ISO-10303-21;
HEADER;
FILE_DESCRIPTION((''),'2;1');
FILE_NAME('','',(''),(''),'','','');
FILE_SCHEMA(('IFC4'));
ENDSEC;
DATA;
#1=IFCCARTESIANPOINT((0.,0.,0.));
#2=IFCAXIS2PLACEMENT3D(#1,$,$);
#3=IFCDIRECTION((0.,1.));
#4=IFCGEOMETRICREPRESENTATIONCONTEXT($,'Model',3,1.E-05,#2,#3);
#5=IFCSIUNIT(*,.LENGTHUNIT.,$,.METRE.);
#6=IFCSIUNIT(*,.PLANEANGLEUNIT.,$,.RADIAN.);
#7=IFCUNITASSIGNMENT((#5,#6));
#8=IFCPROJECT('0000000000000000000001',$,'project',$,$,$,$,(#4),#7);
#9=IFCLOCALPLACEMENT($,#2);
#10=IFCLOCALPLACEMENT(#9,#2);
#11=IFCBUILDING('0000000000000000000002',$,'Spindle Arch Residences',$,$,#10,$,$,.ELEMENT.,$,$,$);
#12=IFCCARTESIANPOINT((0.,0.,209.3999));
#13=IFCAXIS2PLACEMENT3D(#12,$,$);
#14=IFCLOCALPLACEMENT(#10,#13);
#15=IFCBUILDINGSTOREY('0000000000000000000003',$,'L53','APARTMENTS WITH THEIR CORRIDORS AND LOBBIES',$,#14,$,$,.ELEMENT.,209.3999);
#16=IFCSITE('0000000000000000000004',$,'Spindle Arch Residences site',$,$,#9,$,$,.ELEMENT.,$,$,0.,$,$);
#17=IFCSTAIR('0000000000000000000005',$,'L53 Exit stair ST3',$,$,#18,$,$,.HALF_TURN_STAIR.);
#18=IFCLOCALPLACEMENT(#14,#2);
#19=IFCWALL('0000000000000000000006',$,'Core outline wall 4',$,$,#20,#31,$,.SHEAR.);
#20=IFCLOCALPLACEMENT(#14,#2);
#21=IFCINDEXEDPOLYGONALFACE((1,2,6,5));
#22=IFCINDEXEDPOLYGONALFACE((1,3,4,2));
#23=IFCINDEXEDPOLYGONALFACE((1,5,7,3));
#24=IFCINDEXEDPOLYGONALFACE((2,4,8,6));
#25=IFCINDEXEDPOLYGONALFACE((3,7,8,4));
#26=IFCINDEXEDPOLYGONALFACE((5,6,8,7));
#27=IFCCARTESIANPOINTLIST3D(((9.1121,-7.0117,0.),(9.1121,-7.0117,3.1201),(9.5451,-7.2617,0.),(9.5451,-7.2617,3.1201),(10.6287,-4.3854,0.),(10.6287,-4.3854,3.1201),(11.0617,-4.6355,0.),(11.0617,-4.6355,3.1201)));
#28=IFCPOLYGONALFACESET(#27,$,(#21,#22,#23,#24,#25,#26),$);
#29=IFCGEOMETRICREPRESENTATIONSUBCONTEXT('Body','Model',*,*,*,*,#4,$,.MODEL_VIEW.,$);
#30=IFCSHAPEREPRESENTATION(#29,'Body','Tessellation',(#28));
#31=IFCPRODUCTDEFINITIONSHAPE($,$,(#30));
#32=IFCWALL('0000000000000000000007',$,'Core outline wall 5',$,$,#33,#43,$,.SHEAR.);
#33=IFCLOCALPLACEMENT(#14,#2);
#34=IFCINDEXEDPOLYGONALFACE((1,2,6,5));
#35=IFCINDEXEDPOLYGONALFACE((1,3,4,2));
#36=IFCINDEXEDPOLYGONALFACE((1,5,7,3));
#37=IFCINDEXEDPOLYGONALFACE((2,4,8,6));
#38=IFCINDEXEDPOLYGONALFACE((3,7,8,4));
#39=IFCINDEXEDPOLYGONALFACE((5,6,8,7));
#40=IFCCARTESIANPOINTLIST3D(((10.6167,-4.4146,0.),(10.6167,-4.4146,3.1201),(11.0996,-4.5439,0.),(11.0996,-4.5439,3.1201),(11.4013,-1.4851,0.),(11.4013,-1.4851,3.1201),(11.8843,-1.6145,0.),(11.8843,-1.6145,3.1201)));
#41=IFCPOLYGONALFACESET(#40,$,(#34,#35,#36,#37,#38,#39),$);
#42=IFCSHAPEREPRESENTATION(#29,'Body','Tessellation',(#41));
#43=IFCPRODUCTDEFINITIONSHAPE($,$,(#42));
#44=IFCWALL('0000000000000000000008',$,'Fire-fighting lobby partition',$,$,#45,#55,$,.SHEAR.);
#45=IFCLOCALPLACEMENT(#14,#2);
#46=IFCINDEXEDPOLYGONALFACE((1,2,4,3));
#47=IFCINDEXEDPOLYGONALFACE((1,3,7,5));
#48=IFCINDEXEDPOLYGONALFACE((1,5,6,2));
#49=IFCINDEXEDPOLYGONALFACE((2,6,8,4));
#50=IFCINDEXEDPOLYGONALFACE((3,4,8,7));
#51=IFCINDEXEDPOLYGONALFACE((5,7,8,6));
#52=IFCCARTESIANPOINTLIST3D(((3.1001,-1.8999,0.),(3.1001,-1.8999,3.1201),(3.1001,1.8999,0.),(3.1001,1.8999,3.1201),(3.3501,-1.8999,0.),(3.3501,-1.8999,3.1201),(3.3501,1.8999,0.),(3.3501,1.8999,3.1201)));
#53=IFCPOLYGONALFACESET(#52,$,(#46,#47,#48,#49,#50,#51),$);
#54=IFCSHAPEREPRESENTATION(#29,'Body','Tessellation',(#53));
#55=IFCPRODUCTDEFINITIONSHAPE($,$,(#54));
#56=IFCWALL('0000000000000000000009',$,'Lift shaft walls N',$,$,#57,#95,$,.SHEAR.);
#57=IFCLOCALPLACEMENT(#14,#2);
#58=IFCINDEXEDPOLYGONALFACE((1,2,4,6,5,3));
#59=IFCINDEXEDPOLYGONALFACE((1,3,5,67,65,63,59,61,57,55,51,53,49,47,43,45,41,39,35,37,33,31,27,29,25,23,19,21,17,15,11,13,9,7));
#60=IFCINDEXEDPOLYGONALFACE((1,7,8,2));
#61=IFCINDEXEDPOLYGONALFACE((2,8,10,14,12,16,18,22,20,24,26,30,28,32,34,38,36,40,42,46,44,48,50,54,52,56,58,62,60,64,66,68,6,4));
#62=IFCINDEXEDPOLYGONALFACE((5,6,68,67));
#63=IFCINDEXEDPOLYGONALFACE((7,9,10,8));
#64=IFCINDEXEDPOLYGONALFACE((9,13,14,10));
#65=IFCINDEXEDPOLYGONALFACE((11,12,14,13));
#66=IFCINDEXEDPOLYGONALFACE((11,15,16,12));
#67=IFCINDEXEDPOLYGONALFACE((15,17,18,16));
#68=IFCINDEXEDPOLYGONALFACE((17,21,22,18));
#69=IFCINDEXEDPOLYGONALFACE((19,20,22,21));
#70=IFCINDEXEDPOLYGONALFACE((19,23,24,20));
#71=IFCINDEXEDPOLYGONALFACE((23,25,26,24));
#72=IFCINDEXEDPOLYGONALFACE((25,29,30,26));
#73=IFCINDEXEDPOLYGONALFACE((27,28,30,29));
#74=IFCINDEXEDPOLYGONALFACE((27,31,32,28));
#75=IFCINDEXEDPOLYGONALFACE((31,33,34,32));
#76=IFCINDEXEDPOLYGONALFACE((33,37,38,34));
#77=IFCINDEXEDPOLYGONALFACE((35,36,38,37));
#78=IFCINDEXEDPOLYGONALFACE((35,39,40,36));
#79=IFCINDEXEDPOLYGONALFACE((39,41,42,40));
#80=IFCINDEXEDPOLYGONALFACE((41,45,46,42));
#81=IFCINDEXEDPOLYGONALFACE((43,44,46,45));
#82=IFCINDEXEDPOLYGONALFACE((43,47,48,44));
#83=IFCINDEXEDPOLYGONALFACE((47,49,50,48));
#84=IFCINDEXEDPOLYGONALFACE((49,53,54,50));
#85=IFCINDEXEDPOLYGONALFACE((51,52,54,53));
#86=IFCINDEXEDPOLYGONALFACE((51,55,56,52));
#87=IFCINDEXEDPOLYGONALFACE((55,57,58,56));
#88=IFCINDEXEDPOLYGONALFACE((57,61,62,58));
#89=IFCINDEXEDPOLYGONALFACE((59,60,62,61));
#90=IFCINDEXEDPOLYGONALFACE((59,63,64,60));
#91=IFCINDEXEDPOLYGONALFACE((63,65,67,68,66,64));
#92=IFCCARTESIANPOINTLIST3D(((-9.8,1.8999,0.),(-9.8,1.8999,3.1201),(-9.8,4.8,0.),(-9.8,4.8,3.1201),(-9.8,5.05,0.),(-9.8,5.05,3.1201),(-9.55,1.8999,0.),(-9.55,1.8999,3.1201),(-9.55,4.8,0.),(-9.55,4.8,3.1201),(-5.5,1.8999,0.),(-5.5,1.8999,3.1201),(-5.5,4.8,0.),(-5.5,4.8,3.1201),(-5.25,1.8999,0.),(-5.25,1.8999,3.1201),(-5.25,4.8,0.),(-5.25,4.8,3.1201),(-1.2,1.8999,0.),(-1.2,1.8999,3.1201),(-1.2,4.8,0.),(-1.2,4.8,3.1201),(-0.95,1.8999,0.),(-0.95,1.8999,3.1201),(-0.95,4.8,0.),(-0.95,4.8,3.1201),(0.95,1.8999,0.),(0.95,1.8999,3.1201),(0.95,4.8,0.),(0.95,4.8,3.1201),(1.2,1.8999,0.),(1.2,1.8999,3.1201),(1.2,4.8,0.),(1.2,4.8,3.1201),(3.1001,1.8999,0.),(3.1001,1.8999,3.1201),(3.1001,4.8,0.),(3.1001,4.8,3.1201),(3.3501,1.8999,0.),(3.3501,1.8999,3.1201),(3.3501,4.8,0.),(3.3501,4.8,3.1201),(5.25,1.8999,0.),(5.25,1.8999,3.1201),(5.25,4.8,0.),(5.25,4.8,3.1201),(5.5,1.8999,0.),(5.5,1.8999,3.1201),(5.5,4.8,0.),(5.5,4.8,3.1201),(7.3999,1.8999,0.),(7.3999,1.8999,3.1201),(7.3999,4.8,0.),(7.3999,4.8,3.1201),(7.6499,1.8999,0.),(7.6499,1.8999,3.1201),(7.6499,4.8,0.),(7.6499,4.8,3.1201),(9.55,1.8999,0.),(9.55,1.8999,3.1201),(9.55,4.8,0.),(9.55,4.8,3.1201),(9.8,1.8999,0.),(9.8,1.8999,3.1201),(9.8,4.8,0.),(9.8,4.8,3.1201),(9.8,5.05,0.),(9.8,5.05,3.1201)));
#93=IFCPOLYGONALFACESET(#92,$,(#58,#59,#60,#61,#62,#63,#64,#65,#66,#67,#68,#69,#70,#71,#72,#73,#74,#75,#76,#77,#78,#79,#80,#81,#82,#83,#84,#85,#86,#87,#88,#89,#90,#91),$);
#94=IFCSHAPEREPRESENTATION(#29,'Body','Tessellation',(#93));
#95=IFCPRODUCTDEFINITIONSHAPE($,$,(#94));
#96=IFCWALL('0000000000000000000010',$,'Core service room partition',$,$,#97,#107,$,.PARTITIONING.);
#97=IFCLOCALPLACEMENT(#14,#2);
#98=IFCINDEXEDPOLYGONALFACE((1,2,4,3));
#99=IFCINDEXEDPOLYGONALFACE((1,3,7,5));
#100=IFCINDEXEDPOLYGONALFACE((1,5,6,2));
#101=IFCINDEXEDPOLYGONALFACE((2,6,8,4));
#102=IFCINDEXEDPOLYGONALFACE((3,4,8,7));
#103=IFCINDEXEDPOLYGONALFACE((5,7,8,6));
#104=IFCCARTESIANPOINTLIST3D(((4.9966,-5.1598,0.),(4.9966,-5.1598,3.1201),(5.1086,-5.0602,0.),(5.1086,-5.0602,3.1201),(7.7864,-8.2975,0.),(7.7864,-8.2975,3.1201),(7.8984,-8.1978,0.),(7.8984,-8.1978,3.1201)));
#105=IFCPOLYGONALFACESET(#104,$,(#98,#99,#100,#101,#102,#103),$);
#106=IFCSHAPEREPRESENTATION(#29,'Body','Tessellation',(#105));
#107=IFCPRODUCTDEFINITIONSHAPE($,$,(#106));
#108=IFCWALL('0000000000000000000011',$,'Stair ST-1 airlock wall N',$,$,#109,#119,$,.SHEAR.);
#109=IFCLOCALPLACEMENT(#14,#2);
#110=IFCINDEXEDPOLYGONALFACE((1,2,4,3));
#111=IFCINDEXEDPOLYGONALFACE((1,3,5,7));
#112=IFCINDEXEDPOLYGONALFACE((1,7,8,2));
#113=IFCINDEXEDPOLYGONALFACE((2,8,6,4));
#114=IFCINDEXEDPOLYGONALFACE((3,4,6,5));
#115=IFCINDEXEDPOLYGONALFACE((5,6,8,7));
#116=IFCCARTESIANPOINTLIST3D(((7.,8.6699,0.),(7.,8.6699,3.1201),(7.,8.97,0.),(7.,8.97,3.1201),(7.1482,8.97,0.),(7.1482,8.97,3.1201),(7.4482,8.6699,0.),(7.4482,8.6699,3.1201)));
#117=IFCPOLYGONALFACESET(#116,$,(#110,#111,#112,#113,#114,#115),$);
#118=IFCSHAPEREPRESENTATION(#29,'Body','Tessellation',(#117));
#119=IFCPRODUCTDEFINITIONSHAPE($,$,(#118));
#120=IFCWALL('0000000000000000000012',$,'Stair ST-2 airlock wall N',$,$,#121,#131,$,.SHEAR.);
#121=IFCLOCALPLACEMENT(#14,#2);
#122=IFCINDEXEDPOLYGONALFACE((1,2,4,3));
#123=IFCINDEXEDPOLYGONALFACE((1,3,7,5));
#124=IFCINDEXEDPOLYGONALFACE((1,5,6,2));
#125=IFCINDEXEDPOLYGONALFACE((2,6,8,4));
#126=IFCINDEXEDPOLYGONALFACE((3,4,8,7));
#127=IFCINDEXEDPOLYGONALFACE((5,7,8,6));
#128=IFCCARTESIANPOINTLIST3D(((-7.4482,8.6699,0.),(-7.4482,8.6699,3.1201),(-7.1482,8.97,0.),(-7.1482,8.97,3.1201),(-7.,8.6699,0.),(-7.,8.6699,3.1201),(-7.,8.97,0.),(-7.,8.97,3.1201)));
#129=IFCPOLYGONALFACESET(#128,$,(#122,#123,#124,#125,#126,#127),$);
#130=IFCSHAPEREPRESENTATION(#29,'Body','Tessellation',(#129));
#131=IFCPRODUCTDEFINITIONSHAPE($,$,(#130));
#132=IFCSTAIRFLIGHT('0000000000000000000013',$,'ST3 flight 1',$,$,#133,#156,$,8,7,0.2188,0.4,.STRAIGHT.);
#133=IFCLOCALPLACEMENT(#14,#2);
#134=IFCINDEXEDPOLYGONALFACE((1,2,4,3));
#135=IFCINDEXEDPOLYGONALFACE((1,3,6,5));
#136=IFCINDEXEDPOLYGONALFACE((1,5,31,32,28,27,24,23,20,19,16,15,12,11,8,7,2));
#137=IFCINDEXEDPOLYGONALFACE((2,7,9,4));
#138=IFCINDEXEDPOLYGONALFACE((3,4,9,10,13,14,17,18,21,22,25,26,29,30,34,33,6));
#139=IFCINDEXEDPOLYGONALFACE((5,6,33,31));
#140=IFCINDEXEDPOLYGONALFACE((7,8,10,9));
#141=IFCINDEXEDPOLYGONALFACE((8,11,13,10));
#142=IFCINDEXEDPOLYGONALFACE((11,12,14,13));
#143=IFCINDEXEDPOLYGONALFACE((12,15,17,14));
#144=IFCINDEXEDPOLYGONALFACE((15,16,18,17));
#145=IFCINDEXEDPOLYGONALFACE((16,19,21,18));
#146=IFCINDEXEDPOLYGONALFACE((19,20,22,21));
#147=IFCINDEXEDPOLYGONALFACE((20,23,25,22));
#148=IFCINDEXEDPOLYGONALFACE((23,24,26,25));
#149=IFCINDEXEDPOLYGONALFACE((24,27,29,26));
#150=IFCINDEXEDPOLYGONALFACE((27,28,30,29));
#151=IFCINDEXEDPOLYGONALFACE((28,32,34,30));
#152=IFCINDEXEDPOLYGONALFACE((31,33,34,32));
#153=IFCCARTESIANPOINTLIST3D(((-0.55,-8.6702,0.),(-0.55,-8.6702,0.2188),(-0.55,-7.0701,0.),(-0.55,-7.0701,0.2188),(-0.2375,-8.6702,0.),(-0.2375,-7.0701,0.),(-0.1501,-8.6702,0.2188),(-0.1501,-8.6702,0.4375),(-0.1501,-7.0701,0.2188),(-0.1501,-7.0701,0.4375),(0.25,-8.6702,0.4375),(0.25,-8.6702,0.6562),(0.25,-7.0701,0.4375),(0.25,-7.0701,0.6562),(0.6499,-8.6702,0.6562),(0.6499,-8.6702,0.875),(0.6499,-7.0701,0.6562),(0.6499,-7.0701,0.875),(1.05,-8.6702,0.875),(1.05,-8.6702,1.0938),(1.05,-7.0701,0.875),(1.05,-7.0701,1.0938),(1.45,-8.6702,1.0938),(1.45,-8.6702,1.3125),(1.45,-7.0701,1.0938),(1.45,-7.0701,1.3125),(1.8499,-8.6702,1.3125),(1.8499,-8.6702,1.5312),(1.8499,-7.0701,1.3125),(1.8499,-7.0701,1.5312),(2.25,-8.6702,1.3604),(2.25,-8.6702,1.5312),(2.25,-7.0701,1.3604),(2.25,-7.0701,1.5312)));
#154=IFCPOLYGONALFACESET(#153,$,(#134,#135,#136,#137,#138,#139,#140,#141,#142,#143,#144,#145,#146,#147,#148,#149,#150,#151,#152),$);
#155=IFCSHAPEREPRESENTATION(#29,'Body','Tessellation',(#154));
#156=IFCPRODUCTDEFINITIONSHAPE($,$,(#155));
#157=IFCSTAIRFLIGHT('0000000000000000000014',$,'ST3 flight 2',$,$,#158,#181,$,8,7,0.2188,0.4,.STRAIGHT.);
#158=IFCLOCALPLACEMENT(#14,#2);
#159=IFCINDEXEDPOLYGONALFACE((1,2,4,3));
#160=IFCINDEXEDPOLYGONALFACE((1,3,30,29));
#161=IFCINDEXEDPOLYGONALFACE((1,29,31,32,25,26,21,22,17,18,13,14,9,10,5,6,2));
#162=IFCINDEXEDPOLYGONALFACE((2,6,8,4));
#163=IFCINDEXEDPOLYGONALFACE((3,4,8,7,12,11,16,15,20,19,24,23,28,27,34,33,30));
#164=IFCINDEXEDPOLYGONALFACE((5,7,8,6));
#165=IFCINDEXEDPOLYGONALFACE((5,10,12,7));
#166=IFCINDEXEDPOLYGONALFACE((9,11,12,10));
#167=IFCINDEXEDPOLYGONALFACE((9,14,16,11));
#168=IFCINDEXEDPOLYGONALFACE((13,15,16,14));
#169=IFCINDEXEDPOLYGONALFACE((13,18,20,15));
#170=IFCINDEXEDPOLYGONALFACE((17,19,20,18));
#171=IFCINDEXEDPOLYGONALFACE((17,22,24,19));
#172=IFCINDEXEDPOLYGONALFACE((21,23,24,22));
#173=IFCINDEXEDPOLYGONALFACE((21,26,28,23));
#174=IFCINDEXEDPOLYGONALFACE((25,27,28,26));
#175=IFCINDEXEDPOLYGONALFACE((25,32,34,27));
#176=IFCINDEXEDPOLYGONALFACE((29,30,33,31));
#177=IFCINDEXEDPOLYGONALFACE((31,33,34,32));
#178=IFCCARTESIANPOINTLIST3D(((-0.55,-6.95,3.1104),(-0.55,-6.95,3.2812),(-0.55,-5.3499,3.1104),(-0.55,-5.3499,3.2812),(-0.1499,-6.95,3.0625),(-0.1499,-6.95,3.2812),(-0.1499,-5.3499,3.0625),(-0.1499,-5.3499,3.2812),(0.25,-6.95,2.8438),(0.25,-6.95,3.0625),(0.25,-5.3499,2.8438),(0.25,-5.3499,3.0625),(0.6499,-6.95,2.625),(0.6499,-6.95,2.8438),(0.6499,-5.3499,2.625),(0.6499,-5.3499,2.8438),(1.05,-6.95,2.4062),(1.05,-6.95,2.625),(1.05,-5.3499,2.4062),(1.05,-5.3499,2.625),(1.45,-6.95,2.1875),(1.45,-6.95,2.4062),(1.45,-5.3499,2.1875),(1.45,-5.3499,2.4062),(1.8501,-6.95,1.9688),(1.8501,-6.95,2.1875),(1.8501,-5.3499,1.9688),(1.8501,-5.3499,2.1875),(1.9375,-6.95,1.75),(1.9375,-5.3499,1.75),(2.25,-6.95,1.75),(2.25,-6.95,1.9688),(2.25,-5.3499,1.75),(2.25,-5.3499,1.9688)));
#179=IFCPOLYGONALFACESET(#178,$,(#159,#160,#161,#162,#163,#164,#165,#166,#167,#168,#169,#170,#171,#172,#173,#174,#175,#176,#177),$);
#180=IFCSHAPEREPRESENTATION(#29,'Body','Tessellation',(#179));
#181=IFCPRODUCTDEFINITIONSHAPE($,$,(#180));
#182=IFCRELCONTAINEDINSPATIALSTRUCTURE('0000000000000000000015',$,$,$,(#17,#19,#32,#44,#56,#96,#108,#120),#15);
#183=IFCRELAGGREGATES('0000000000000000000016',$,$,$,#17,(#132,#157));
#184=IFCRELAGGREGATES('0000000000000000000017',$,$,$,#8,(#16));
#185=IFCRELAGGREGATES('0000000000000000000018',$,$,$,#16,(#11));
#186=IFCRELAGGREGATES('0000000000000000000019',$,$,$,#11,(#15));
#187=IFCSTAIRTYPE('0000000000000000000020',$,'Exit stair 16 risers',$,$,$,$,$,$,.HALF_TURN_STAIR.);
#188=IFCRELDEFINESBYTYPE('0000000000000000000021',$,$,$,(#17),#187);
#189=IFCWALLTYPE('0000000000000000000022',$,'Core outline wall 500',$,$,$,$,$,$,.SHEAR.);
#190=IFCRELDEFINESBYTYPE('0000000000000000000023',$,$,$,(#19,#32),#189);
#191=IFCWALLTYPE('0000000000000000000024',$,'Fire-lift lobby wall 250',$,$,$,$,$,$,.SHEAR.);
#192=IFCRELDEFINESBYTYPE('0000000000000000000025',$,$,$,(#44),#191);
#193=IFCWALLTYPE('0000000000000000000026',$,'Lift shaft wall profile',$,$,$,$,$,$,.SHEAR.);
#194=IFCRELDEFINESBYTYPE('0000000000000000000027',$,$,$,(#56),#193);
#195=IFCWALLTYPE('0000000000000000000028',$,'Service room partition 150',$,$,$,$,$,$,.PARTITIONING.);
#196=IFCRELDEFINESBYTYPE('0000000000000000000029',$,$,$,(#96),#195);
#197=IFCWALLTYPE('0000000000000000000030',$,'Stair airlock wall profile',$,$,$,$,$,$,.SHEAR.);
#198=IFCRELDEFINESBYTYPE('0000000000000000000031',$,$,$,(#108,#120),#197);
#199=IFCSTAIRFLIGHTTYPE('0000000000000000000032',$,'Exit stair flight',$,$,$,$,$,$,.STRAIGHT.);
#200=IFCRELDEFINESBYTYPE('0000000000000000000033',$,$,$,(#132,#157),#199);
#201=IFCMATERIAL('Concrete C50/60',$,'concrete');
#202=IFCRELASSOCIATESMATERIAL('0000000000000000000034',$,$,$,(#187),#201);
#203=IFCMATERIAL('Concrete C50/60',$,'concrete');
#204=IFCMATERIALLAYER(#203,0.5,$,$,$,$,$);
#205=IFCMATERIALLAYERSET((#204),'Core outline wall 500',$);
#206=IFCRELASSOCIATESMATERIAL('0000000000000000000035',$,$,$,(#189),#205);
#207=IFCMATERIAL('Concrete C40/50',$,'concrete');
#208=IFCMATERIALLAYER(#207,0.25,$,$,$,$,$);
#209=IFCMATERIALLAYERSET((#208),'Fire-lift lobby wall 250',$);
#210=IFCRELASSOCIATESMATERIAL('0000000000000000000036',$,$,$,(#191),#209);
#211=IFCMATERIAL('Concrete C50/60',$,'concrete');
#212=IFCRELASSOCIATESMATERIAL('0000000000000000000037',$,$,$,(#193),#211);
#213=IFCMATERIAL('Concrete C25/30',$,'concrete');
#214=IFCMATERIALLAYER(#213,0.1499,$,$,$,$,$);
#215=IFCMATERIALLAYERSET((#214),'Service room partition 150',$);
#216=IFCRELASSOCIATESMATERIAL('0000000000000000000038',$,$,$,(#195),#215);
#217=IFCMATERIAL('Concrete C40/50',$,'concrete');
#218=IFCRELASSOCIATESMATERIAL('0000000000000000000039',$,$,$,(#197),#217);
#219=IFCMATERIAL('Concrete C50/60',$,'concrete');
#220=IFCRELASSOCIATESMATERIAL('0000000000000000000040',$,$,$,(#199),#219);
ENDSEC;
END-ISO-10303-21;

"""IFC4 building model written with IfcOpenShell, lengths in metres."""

from ifc_helpers import new_model, si_unit, direction, frame, frame_2d, origin, place, context, subcontext, project, spatial, polyline, rectangle, outline, extrude, material, layer, layer_set, type_object, element, aggregate, save


model = new_model("IFC4")

# Units and contexts
model_context = context("Model", 3, precision=1e-05, world=origin(), true_north=direction((0.0, 1.0)))
body_context = subcontext(model_context, "Body", "Model", "MODEL_VIEW")
ifc_project = project(units=[si_unit("LENGTHUNIT", "METRE"), si_unit("PLANEANGLEUNIT", "RADIAN")], contexts=[model_context])

# Site, building, storey
site_placement = place(None, origin())
site = spatial("IfcSite", under=ifc_project, at=site_placement, Name="Spindle Arch Residences site", CompositionType="ELEMENT", RefElevation=0.0)
building_placement = place(site_placement, origin())
building = spatial("IfcBuilding", under=site, at=building_placement, Name="Spindle Arch Residences", CompositionType="ELEMENT")
storey_placement = place(building_placement, frame((0.0, 0.0, 209.3999)))
storey = spatial("IfcBuildingStorey", under=building, at=storey_placement, Name="L53", Description="APARTMENTS WITH THEIR CORRIDORS AND LOBBIES", CompositionType="ELEMENT", Elevation=209.3999)

# Stair
ifc_material_1 = material(Name="Concrete C50/60", Category="concrete")
stair_type = type_object("IfcStairType", Name="Exit stair 16 risers", PredefinedType="HALF_TURN_STAIR", material=ifc_material_1)
stair_1_placement = place(storey_placement, origin())
stair_1 = element("IfcStair", 1, at=stair_1_placement, inside=storey, type_object=stair_type, Name="L53 Exit stair ST3", PredefinedType="HALF_TURN_STAIR")

# Walls
ifc_material_2 = material(Name="Concrete C50/60", Category="concrete")
ifc_layer_1 = layer(ifc_material_2, 0.5)
ifc_layer_set_1 = layer_set([ifc_layer_1], Name="Core outline wall 500")
wall_type_1 = type_object("IfcWallType", Name="Core outline wall 500", PredefinedType="SHEAR", material=ifc_layer_set_1)
for number, where, z_axis, x_axis, name in (
    (2, (9.3286, -7.1367, 0.0), (0.0, 0.0, 1.0), (0.500087, 0.865975, 0.0), "Core outline wall 4"),
    (3, (10.8582, -4.4792, 0.0), (0.0, 0.0, 1.0), (0.258735, 0.965948, 0.0), "Core outline wall 5"),
):
    element("IfcWall", number, at=place(storey_placement, frame(where, z_axis=z_axis, x_axis=x_axis)), inside=storey, type_object=wall_type_1, Name=name, PredefinedType="SHEAR", context=body_context, shape_type="SweptSolid", body=[
        extrude(rectangle(XDim=3.0327, YDim=0.5, at=frame_2d((1.5164, 0.0))), origin(), (0.0, 0.0, 1.0), 3.1201),
    ])
ifc_material_3 = material(Name="Concrete C40/50", Category="concrete")
ifc_layer_2 = layer(ifc_material_3, 0.25)
ifc_layer_set_2 = layer_set([ifc_layer_2], Name="Fire-lift lobby wall 250")
wall_type_2 = type_object("IfcWallType", Name="Fire-lift lobby wall 250", PredefinedType="SHEAR", material=ifc_layer_set_2)
wall_1_placement = place(storey_placement, frame((3.2251, -1.8999, 0.0), z_axis=(0.0, 0.0, 1.0), x_axis=(0.0, 1.0, 0.0)))
element("IfcWall", 4, at=wall_1_placement, inside=storey, type_object=wall_type_2, Name="Fire-fighting lobby partition", PredefinedType="SHEAR", context=body_context, shape_type="SweptSolid", body=[
    extrude(rectangle(XDim=3.7998, YDim=0.25, at=frame_2d((1.8999, 0.0))), origin(), (0.0, 0.0, 1.0), 3.1201),
])

# Walls
ifc_material_4 = material(Name="Concrete C50/60", Category="concrete")
wall_type_3 = type_object("IfcWallType", Name="Lift shaft wall profile", PredefinedType="SHEAR", material=ifc_material_4)
wall_2_placement = place(storey_placement, origin())
element("IfcWall", 5, at=wall_2_placement, inside=storey, type_object=wall_type_3, Name="Lift shaft walls N", PredefinedType="SHEAR", context=body_context, shape_type="SweptSolid", body=[
    extrude(outline(polyline([(-9.55, 4.8), (-5.5, 4.8), (-5.5, 1.8999), (-5.25, 1.8999), (-5.25, 4.8), (-1.2, 4.8), (-1.2, 1.8999), (-0.95, 1.8999), (-0.95, 4.8), (0.95, 4.8), (0.95, 1.8999), (1.2, 1.8999), (1.2, 4.8), (3.1001, 4.8), (3.1001, 1.8999), (3.3501, 1.8999), (3.3501, 4.8), (5.25, 4.8), (5.25, 1.8999), (5.5, 1.8999), (5.5, 4.8), (7.3999, 4.8), (7.3999, 1.8999), (7.6499, 1.8999), (7.6499, 4.8), (9.55, 4.8), (9.55, 1.8999), (9.8, 1.8999), (9.8, 4.8), (9.8, 5.05), (-9.8, 5.05), (-9.8, 4.8), (-9.8, 1.8999), (-9.55, 1.8999), (-9.55, 4.8)])), origin(), (0.0, 0.0, 1.0), 3.1201),
])
ifc_material_5 = material(Name="Concrete C25/30", Category="concrete")
ifc_layer_3 = layer(ifc_material_5, 0.1499)
ifc_layer_set_3 = layer_set([ifc_layer_3], Name="Service room partition 150")
wall_type_4 = type_object("IfcWallType", Name="Service room partition 150", PredefinedType="PARTITIONING", material=ifc_layer_set_3)
wall_3_placement = place(storey_placement, frame((7.8423, -8.2476, 0.0), z_axis=(0.0, 0.0, 1.0), x_axis=(-0.664461, 0.747323, 0.0)))
element("IfcWall", 6, at=wall_3_placement, inside=storey, type_object=wall_type_4, Name="Core service room partition", PredefinedType="PARTITIONING", context=body_context, shape_type="SweptSolid", body=[
    extrude(rectangle(XDim=4.1985, YDim=0.1499, at=frame_2d((2.0991, 0.0))), origin(), (0.0, 0.0, 1.0), 3.1201),
])
ifc_material_6 = material(Name="Concrete C40/50", Category="concrete")
wall_type_5 = type_object("IfcWallType", Name="Stair airlock wall profile", PredefinedType="SHEAR", material=ifc_material_6)
wall_4_placement = place(storey_placement, origin())
element("IfcWall", 7, at=wall_4_placement, inside=storey, type_object=wall_type_5, Name="Stair ST-1 airlock wall N", PredefinedType="SHEAR", context=body_context, shape_type="SweptSolid", body=[
    extrude(outline(polyline([(7.4482, 8.6699), (7.0, 8.6699), (7.0, 8.97), (7.1482, 8.97), (7.4482, 8.6699)])), origin(), (0.0, 0.0, 1.0), 3.1201),
])
wall_5_placement = place(storey_placement, origin())
element("IfcWall", 8, at=wall_5_placement, inside=storey, type_object=wall_type_5, Name="Stair ST-2 airlock wall N", PredefinedType="SHEAR", context=body_context, shape_type="SweptSolid", body=[
    extrude(outline(polyline([(-7.1482, 8.97), (-7.0, 8.97), (-7.0, 8.6699), (-7.4482, 8.6699), (-7.1482, 8.97)])), origin(), (0.0, 0.0, 1.0), 3.1201),
])

# Stair flights
ifc_material_7 = material(Name="Concrete C50/60", Category="concrete")
stair_flight_type = type_object("IfcStairFlightType", Name="Exit stair flight", PredefinedType="STRAIGHT", material=ifc_material_7)
stair_flight_1_placement = place(storey_placement, frame((-0.55, -7.8701, 0.0), z_axis=(0.0, 0.0, 1.0), x_axis=(1.0, 0.0, 0.0)))
stair_flight_1 = element("IfcStairFlight", 9, at=stair_flight_1_placement, type_object=stair_flight_type, Name="ST3 flight 1", NumberOfRisers=8, NumberOfTreads=7, PredefinedType="STRAIGHT", RiserHeight=0.2188, TreadLength=0.4, context=body_context, shape_type="SweptSolid", body=[
    extrude(outline(polyline([(0.0, 0.0), (0.0, 0.2188), (0.3999, 0.2188), (0.3999, 0.4375), (0.8, 0.4375), (0.8, 0.6562), (1.2, 0.6562), (1.2, 0.875), (1.6001, 0.875), (1.6001, 1.0938), (2.0, 1.0938), (2.0, 1.3125), (2.3999, 1.3125), (2.3999, 1.5312), (2.8, 1.5312), (2.8, 1.75), (2.8, 1.3604), (0.3125, 0.0), (0.0, 0.0)])), frame((0.0, 0.8, 0.0), z_axis=(0.0, -1.0, 0.0), x_axis=(1.0, 0.0, 0.0)), (0.0, 0.0, 1.0), 1.6001),
])
stair_flight_2_placement = place(storey_placement, frame((2.25, -6.1499, 1.75), z_axis=(0.0, 0.0, 1.0), x_axis=(-1.0, 0.0, 0.0)))
stair_flight_2 = element("IfcStairFlight", 10, at=stair_flight_2_placement, type_object=stair_flight_type, Name="ST3 flight 2", NumberOfRisers=8, NumberOfTreads=7, PredefinedType="STRAIGHT", RiserHeight=0.2188, TreadLength=0.4, context=body_context, shape_type="SweptSolid", body=[
    extrude(outline(polyline([(0.0, 0.0), (0.0, 0.2188), (0.3999, 0.2188), (0.3999, 0.4375), (0.8, 0.4375), (0.8, 0.6562), (1.2, 0.6562), (1.2, 0.875), (1.6001, 0.875), (1.6001, 1.0938), (2.0, 1.0938), (2.0, 1.3125), (2.3999, 1.3125), (2.3999, 1.5312), (2.8, 1.5312), (2.8, 1.75), (2.8, 1.3604), (0.3125, 0.0), (0.0, 0.0)])), frame((0.0, 0.8, 0.0), z_axis=(0.0, -1.0, 0.0), x_axis=(1.0, 0.0, 0.0)), (0.0, 0.0, 1.0), 1.6001),
])
aggregate(stair_1, [stair_flight_1, stair_flight_2])

save(model, "model.ifc")
